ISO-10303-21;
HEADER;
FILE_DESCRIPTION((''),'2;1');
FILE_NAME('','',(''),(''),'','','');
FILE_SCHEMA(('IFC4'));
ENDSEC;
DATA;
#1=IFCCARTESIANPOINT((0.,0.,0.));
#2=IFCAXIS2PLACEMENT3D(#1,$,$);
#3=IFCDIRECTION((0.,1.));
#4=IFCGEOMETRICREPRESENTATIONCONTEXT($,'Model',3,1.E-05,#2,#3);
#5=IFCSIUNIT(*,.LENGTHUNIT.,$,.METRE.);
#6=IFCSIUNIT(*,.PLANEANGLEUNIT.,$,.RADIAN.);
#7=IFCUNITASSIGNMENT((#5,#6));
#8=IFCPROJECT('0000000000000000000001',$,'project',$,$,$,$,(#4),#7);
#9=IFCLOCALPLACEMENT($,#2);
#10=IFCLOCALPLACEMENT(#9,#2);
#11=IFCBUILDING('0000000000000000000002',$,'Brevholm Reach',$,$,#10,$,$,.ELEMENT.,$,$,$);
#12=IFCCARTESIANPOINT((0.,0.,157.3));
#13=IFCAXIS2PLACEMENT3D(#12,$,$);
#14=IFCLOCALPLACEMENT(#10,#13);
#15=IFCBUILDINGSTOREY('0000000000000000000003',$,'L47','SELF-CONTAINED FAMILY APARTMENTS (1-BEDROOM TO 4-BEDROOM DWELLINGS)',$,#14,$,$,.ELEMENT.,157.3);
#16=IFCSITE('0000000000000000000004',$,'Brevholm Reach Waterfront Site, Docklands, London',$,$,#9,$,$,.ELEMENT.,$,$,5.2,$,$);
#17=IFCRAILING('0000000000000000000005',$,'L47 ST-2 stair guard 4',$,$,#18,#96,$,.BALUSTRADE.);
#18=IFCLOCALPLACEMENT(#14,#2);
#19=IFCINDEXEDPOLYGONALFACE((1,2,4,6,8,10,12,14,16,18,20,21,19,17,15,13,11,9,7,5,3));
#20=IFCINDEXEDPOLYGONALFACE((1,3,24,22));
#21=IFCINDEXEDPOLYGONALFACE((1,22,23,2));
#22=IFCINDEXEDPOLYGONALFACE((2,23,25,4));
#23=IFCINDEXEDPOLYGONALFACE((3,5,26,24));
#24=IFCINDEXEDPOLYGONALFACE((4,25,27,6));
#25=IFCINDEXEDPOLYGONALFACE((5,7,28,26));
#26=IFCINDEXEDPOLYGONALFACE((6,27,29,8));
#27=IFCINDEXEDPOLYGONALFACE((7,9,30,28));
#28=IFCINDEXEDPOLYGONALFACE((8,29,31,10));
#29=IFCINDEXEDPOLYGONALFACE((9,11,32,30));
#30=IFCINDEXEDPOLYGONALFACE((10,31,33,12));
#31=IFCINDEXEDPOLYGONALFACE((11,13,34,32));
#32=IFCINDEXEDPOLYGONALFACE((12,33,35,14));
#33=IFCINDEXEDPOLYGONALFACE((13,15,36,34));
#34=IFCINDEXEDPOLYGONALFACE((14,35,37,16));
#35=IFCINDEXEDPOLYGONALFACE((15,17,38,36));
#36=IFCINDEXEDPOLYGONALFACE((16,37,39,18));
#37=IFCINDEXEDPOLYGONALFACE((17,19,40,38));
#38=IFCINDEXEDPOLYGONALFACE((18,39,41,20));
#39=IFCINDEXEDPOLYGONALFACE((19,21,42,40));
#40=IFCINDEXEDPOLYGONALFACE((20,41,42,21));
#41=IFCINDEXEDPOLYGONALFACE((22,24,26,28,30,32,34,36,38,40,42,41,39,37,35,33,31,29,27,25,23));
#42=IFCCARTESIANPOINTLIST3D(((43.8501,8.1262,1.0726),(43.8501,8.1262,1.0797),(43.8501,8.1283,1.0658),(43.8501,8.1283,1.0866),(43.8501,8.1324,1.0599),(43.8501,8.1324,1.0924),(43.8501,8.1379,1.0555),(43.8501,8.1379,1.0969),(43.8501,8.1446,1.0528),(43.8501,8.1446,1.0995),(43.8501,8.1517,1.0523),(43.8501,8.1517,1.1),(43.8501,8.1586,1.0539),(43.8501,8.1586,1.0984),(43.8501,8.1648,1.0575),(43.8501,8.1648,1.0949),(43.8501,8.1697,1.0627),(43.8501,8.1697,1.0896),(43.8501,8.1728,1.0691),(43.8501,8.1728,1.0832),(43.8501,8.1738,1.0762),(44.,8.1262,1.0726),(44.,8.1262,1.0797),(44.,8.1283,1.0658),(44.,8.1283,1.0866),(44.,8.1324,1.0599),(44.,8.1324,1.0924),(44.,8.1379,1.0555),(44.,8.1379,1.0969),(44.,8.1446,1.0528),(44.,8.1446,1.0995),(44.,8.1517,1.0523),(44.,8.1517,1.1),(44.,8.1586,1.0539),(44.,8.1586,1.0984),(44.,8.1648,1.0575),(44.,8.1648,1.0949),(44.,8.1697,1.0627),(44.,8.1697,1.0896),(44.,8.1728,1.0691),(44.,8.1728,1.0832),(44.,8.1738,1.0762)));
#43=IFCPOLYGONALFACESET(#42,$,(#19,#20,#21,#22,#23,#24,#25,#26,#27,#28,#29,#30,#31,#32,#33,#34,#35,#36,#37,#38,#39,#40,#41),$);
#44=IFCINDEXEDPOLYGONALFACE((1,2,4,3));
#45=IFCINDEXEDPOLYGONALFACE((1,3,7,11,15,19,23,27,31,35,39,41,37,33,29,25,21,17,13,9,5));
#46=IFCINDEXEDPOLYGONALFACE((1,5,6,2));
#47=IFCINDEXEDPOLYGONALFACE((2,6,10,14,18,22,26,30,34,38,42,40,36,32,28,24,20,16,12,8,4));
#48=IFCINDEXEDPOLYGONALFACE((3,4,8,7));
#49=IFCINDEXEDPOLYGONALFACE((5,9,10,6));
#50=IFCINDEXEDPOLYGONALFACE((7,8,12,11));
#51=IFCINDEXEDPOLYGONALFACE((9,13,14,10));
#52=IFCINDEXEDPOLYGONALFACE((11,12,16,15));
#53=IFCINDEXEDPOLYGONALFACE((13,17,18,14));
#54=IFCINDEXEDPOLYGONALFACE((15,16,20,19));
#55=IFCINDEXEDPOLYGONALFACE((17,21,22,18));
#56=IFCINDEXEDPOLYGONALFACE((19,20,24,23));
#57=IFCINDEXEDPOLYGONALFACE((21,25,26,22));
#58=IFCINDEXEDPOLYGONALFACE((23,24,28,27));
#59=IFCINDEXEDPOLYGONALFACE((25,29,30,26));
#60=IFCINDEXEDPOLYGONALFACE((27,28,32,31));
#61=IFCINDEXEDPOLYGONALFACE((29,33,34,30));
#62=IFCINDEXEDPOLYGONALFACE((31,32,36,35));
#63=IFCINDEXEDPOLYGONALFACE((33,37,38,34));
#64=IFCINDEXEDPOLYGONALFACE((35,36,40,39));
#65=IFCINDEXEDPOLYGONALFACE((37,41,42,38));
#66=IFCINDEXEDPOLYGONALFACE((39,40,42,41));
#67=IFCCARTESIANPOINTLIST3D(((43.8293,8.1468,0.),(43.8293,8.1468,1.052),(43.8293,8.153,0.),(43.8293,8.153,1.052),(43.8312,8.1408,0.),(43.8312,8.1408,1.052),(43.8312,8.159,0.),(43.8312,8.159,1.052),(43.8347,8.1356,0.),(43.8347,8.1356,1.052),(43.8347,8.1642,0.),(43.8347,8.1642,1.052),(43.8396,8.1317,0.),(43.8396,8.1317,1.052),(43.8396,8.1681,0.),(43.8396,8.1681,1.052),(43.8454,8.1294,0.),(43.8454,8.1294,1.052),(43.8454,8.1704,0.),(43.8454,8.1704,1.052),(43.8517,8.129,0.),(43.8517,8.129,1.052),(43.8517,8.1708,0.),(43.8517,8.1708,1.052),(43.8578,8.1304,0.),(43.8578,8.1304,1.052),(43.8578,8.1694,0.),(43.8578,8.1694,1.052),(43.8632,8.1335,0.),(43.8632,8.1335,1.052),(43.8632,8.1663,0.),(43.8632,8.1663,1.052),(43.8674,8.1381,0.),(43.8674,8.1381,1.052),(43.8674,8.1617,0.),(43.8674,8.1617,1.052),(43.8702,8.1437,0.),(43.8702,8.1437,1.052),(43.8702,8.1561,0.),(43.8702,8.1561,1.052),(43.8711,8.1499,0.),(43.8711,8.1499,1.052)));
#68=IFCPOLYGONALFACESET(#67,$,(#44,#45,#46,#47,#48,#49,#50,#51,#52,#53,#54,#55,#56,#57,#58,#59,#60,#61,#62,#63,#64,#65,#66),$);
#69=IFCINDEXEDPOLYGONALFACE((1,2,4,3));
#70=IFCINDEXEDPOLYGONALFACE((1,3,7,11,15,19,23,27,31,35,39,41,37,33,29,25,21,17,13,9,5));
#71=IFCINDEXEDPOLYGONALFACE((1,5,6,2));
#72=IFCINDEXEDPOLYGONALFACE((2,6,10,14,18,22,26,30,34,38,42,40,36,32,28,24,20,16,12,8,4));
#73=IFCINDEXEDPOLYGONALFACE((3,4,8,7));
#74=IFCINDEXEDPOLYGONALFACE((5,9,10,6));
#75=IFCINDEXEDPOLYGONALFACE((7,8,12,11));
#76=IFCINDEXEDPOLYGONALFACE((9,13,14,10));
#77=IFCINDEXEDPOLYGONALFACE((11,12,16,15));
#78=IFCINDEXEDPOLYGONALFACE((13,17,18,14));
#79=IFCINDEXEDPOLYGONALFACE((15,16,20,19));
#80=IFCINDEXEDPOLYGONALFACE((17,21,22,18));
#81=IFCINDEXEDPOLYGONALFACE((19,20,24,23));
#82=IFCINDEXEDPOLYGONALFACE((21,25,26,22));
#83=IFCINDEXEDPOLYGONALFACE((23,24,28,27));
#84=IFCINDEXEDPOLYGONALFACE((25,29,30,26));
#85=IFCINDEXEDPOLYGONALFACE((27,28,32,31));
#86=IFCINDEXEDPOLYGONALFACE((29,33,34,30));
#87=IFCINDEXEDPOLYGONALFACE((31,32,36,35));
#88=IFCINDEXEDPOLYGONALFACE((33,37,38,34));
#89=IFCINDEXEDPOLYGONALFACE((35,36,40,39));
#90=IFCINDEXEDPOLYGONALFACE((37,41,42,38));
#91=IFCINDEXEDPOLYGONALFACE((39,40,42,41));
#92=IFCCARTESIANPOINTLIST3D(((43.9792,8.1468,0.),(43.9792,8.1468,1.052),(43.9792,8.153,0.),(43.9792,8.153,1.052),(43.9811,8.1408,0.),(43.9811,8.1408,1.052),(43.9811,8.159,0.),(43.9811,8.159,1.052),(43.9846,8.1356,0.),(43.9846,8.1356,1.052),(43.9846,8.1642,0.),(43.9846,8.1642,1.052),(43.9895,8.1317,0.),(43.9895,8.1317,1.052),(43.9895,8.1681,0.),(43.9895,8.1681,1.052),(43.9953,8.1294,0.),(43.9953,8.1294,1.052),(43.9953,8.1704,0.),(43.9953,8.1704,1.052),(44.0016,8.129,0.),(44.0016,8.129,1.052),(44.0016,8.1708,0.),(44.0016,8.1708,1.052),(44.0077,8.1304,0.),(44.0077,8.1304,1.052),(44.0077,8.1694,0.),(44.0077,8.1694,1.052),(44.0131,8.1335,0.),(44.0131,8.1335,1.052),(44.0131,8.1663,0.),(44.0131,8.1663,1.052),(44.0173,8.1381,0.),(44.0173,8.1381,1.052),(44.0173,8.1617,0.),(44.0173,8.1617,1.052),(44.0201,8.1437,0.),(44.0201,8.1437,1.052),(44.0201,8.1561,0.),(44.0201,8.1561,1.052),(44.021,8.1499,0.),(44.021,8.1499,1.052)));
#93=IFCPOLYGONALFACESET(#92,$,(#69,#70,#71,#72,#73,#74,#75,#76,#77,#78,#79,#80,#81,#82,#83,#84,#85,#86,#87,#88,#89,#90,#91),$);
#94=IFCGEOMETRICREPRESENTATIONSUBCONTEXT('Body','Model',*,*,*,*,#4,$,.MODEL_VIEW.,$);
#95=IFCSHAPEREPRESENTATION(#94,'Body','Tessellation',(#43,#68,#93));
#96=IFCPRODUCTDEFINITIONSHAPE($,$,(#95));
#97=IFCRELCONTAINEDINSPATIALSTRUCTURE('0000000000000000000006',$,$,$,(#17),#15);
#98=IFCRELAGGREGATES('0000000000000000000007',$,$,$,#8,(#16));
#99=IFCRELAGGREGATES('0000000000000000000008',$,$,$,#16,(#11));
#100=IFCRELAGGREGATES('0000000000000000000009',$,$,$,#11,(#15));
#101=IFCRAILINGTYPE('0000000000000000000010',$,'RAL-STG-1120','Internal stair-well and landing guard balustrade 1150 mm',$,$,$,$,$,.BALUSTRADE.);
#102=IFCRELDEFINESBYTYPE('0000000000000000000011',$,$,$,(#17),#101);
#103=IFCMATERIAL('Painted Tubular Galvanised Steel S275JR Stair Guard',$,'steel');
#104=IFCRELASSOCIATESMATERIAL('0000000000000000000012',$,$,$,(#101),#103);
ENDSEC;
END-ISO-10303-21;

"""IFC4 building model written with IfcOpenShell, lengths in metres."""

from ifc_helpers import new_model, si_unit, direction, frame, origin, origin_2d, place, context, subcontext, project, spatial, circle, extrude, material, type_object, element, save


model = new_model("IFC4")

# Units and contexts
model_context = context("Model", 3, precision=1e-05, world=origin(), true_north=direction((0.0, 1.0)))
body_context = subcontext(model_context, "Body", "Model", "MODEL_VIEW")
ifc_project = project(units=[si_unit("LENGTHUNIT", "METRE"), si_unit("PLANEANGLEUNIT", "RADIAN")], contexts=[model_context])

# Site, building, storey
site_placement = place(None, origin())
site = spatial("IfcSite", under=ifc_project, at=site_placement, Name="Brevholm Reach Waterfront Site, Docklands, London", CompositionType="ELEMENT", RefElevation=5.2)
building_placement = place(site_placement, origin())
building = spatial("IfcBuilding", under=site, at=building_placement, Name="Brevholm Reach", CompositionType="ELEMENT")
storey_placement = place(building_placement, frame((0.0, 0.0, 157.3)))
storey = spatial("IfcBuildingStorey", under=building, at=storey_placement, Name="L47", Description="SELF-CONTAINED FAMILY APARTMENTS (1-BEDROOM TO 4-BEDROOM DWELLINGS)", CompositionType="ELEMENT", Elevation=157.3)

# Railing
ifc_material_1 = material(Name="Painted Tubular Galvanised Steel S275JR Stair Guard", Category="steel")
railing_type_1 = type_object("IfcRailingType", Name="RAL-STG-1120", Description="Internal stair-well and landing guard balustrade 1150 mm", PredefinedType="BALUSTRADE", material=ifc_material_1)
railing_1_placement = place(storey_placement, frame((43.8501, 8.1499, 0.0)))
element("IfcRailing", 1, at=railing_1_placement, inside=storey, type_object=railing_type_1, Name="L47 ST-2 stair guard 4", PredefinedType="BALUSTRADE", context=body_context, shape_type="SweptSolid", body=[
    extrude(circle(Radius=0.0239, at=origin_2d()), frame((0.0, 0.0, 1.0762), z_axis=(1.0, 0.0, 0.0), x_axis=(0.0, 1.0, 0.0)), (0.0, 0.0, 1.0), 0.1499),
    extrude(circle(Radius=0.021, at=origin_2d()), origin(), (0.0, 0.0, 1.0), 1.052),
    extrude(circle(Radius=0.021, at=origin_2d()), frame((0.1499, 0.0, 0.0)), (0.0, 0.0, 1.0), 1.052),
])

save(model, "model.ifc")
